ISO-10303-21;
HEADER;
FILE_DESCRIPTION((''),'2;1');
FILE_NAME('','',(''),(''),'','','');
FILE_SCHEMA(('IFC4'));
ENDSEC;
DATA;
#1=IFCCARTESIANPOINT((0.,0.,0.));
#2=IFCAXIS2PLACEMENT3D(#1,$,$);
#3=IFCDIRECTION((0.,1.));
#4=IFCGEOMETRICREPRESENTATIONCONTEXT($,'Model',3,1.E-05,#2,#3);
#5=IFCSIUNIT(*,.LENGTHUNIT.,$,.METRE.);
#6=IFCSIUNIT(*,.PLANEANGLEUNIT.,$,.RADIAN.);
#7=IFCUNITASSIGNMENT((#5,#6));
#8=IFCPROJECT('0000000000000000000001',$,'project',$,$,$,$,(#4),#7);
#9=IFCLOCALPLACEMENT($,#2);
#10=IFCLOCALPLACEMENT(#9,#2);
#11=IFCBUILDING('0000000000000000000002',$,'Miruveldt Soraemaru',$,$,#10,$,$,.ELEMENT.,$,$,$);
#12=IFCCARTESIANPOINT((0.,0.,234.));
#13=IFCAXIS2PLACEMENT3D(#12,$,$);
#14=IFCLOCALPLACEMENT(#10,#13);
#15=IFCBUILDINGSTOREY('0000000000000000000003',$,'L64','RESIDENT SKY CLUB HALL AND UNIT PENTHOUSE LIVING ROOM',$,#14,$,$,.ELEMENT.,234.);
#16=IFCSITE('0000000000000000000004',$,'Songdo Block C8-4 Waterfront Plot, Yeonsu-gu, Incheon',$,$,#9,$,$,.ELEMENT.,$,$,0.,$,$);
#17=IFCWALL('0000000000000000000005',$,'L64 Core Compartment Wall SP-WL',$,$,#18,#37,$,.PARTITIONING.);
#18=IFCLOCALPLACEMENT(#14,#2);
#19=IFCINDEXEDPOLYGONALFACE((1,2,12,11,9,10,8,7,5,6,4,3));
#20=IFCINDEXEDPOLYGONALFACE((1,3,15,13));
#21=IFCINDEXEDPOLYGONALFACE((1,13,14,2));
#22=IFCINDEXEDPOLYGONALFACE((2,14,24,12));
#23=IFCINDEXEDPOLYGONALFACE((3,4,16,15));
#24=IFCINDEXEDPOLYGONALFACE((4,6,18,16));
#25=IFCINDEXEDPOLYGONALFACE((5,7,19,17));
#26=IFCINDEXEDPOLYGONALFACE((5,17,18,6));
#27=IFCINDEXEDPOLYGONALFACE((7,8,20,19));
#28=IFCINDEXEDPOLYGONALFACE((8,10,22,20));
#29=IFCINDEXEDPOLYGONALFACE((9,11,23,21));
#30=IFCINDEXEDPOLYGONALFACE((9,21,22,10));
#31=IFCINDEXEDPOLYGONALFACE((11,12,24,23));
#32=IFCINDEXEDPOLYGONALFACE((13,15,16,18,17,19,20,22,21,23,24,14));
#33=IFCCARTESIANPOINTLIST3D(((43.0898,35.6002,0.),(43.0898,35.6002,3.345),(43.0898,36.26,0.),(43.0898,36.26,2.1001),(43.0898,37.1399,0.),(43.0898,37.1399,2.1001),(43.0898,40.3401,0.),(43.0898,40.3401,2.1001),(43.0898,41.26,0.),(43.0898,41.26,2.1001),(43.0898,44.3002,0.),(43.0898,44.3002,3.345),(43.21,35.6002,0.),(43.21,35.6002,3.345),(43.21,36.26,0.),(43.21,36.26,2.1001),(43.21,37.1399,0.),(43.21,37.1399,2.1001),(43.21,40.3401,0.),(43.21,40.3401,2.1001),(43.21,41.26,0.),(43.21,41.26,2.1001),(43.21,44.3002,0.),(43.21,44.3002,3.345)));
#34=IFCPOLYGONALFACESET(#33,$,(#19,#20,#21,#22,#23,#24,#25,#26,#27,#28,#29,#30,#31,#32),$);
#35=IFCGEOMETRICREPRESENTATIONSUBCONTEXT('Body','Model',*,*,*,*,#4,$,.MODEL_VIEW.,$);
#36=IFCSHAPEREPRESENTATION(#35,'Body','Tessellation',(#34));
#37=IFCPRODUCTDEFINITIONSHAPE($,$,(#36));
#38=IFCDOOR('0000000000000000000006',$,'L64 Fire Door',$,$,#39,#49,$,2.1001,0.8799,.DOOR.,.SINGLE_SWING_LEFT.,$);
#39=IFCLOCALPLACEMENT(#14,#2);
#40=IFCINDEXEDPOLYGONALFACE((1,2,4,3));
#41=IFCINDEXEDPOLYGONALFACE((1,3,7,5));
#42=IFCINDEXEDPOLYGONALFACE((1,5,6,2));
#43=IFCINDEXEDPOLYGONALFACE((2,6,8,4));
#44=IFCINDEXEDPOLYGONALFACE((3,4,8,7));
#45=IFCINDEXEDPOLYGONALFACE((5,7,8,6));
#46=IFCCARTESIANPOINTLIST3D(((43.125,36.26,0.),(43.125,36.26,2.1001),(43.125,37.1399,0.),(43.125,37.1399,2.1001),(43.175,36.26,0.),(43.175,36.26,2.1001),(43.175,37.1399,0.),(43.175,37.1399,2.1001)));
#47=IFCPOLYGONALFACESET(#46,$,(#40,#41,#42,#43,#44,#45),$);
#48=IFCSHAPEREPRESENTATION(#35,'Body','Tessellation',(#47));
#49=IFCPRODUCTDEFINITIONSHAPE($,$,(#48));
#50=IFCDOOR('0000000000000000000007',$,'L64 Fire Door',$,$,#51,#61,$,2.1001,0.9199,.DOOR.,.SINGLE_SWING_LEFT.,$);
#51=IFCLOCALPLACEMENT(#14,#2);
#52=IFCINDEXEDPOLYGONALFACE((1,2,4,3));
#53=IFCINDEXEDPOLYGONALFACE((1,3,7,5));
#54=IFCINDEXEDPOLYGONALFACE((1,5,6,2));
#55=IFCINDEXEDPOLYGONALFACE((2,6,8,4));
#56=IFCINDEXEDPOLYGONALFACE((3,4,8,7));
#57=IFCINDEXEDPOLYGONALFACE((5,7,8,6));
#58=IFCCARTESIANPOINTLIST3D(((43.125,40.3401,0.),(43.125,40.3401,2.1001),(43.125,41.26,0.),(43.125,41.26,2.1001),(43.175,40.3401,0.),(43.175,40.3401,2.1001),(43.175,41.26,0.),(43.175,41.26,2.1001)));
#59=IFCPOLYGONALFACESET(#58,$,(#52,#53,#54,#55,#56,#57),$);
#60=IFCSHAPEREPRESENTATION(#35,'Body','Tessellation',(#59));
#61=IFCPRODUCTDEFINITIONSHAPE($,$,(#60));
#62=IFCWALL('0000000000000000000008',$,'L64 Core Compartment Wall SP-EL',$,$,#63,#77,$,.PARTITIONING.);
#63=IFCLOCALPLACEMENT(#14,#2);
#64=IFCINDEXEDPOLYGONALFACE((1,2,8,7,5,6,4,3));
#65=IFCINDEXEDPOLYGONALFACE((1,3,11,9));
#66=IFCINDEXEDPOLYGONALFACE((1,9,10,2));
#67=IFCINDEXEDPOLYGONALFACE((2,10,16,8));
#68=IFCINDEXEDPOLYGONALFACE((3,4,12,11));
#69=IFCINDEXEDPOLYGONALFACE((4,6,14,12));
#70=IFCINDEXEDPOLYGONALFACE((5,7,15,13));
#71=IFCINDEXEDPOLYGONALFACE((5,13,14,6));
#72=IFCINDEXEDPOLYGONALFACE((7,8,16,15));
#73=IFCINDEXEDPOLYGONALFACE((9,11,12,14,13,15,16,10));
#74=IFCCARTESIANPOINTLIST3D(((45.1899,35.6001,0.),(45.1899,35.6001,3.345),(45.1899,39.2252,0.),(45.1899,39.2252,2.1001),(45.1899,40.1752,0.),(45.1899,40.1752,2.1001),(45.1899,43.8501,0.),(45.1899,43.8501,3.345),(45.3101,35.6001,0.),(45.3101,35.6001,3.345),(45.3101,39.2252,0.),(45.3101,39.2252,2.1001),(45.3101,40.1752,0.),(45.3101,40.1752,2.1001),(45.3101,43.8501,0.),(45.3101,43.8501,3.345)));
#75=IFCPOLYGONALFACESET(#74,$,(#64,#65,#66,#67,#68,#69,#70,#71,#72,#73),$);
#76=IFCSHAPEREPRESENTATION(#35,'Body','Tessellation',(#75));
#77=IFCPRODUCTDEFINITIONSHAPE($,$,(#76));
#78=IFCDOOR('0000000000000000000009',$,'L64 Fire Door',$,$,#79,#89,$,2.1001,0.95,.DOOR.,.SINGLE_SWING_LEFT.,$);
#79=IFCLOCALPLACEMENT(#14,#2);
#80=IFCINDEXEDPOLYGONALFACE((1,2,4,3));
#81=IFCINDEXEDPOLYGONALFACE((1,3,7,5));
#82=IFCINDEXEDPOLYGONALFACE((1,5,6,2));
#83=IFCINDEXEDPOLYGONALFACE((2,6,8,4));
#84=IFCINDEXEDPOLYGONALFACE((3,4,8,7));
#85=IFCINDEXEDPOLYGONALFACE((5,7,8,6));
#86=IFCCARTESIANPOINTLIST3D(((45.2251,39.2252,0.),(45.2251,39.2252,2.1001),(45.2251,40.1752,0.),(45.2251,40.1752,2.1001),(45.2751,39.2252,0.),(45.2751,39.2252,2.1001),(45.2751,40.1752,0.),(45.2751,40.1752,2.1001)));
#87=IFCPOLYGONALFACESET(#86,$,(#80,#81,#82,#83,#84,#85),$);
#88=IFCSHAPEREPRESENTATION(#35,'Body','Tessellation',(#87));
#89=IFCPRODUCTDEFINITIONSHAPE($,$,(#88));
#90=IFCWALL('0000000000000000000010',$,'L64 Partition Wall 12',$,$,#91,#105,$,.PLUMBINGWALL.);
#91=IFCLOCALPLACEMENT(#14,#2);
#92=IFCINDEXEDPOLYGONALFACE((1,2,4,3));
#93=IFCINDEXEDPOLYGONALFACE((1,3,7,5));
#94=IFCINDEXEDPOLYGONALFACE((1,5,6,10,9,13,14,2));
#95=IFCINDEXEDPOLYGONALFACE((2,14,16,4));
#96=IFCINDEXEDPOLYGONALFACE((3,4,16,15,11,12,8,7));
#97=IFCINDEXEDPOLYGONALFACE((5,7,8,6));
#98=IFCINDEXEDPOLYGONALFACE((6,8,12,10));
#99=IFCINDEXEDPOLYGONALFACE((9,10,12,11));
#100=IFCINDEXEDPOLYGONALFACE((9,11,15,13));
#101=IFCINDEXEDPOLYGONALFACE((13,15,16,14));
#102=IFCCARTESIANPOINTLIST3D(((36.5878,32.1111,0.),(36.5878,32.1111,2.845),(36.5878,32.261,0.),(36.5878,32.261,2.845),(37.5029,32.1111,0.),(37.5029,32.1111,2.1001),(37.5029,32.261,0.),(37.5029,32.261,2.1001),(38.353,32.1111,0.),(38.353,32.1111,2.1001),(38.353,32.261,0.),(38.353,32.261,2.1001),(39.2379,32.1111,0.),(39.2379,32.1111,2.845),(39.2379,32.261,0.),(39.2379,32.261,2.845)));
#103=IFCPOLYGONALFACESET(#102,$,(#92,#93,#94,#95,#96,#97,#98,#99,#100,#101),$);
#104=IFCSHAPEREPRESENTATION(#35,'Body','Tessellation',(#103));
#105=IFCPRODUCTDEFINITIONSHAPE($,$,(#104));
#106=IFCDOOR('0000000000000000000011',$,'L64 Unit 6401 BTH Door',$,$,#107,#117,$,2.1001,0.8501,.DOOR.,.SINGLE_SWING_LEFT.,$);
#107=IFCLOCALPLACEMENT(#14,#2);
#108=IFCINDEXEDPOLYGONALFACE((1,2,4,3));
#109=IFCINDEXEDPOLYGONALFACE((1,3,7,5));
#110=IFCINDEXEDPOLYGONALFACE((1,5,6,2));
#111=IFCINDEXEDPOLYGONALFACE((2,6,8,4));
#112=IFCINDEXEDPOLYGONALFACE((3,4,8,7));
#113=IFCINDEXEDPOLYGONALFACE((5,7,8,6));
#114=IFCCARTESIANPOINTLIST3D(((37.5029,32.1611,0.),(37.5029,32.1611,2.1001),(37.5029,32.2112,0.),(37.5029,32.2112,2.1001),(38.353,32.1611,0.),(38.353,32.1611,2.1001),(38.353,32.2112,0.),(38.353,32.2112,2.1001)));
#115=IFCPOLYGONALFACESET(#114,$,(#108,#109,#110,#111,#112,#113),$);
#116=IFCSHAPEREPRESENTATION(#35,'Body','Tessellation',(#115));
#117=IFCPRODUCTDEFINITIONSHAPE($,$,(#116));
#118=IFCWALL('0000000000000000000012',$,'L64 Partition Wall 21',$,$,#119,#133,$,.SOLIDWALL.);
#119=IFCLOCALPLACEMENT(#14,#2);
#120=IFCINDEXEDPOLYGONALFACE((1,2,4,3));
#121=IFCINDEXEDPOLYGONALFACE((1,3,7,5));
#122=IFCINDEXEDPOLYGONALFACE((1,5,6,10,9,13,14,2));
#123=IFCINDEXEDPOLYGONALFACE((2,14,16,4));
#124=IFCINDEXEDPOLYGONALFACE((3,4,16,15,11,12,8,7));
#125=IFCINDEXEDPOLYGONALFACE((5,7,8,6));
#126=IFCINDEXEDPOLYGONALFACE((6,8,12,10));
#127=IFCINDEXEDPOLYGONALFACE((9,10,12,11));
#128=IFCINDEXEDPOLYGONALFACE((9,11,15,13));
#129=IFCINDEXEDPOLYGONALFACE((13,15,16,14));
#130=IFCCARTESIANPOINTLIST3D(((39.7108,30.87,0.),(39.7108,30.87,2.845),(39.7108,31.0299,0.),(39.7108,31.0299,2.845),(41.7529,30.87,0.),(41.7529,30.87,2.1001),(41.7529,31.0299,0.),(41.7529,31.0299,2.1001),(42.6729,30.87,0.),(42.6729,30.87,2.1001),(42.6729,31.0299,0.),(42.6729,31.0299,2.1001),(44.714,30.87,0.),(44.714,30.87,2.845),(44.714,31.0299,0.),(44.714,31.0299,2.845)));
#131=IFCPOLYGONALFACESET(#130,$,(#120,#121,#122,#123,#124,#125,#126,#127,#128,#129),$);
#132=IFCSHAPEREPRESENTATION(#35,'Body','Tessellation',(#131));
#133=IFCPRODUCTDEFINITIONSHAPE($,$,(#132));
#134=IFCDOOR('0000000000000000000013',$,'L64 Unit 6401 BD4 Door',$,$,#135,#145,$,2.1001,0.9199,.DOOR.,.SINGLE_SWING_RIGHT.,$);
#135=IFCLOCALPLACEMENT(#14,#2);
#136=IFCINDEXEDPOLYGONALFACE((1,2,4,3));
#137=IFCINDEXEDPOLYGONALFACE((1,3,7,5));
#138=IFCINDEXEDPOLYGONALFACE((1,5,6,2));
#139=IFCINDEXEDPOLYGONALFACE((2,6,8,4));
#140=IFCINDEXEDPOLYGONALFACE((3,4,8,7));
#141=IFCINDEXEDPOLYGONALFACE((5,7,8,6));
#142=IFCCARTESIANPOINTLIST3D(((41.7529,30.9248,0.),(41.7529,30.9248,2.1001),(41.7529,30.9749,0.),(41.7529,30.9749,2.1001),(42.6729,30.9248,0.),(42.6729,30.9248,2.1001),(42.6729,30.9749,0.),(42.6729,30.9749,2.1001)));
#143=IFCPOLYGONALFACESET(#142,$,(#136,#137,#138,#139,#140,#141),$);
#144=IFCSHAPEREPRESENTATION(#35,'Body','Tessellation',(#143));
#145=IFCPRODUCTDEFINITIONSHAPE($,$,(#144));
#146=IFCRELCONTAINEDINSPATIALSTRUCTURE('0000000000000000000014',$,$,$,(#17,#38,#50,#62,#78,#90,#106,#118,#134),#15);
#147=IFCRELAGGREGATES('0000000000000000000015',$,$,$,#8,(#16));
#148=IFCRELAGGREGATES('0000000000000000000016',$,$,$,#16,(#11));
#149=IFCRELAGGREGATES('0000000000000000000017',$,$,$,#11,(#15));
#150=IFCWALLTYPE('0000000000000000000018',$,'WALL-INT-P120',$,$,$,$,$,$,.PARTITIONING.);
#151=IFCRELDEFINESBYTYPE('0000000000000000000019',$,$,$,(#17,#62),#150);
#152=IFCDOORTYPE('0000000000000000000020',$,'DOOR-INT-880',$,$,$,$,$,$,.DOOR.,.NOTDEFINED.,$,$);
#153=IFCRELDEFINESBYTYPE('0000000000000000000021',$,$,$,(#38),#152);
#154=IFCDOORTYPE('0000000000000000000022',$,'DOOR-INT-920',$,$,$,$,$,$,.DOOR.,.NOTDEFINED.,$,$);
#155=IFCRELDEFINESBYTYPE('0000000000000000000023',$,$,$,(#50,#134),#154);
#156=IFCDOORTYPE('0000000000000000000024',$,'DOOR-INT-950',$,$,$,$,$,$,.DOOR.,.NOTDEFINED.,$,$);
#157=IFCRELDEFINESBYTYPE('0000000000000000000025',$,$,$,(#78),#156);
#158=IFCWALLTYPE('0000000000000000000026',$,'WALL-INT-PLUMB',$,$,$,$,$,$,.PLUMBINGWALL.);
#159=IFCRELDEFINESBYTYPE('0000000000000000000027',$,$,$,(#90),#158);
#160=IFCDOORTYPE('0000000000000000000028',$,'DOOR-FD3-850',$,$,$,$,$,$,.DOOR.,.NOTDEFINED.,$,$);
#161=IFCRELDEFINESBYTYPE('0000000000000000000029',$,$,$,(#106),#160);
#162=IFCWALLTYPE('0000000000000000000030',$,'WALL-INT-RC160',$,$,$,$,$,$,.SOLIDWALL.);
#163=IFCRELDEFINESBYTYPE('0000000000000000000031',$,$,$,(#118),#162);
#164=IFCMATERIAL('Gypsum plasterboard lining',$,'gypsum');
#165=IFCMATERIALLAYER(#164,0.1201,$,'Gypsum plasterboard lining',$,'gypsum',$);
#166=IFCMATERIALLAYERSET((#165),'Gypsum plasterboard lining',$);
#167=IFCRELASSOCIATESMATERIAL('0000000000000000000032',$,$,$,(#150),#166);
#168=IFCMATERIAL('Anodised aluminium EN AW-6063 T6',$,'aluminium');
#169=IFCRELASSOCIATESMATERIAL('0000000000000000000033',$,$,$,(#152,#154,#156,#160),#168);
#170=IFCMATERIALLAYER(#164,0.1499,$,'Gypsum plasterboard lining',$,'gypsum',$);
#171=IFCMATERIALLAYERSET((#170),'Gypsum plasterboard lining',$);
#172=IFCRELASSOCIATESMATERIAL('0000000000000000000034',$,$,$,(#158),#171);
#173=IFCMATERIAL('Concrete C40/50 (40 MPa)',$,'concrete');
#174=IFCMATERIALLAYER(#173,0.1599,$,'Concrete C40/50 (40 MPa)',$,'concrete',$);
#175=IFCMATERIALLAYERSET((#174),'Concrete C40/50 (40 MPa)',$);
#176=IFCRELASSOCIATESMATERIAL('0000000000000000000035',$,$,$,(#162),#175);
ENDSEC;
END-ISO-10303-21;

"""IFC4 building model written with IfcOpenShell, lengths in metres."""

from ifc_helpers import new_model, si_unit, direction, frame, frame_2d, origin, place, context, subcontext, project, spatial, rectangle, extrude, material, layer, layer_set, type_object, element, fill, save


model = new_model("IFC4")

# Units and contexts
model_context = context("Model", 3, precision=1e-05, world=origin(), true_north=direction((0.0, 1.0)))
body_context = subcontext(model_context, "Body", "Model", "MODEL_VIEW")
ifc_project = project(units=[si_unit("LENGTHUNIT", "METRE"), si_unit("PLANEANGLEUNIT", "RADIAN")], contexts=[model_context])

# Site, building, storey
site_placement = place(None, origin())
site = spatial("IfcSite", under=ifc_project, at=site_placement, Name="Songdo Block C8-4 Waterfront Plot, Yeonsu-gu, Incheon", CompositionType="ELEMENT", RefElevation=0.0)
building_placement = place(site_placement, origin())
building = spatial("IfcBuilding", under=site, at=building_placement, Name="Miruveldt Soraemaru", CompositionType="ELEMENT")
storey_placement = place(building_placement, frame((0.0, 0.0, 234.0)))
storey = spatial("IfcBuildingStorey", under=building, at=storey_placement, Name="L64", Description="RESIDENT SKY CLUB HALL AND UNIT PENTHOUSE LIVING ROOM", CompositionType="ELEMENT", Elevation=234.0)

# Shared definitions
ifc_material_1 = material(Name="Anodised aluminium EN AW-6063 T6", Category="aluminium")

# Wall, openings, doors
ifc_material_2 = material(Name="Gypsum plasterboard lining", Category="gypsum")
ifc_layer_1 = layer(ifc_material_2, 0.1201, Name="Gypsum plasterboard lining", Category="gypsum")
ifc_layer_set_1 = layer_set([ifc_layer_1], Name="Gypsum plasterboard lining")
wall_type_1 = type_object("IfcWallType", Name="WALL-INT-P120", PredefinedType="PARTITIONING", material=ifc_layer_set_1)
wall_1_placement = place(storey_placement, frame((43.1499, 35.6001, 0.0), z_axis=(0.0, 0.0, 1.0), x_axis=(0.0, 1.0, 0.0)))
wall_1 = element("IfcWall", 1, at=wall_1_placement, inside=storey, type_object=wall_type_1, Name="L64 Core Compartment Wall SP-WL", PredefinedType="PARTITIONING", context=body_context, shape_type="SweptSolid", body=[
    extrude(rectangle(XDim=8.7, YDim=0.1201, at=frame_2d((4.3501, 0.0))), origin(), (0.0, 0.0, 1.0), 3.345),
])
opening_1_placement = place(wall_1_placement, frame((0.6599, 0.0, 0.0)))
opening_1 = element("IfcOpeningElement", 2, at=opening_1_placement, cuts=wall_1, PredefinedType="OPENING", context=body_context, shape_type="SweptSolid", body=[
    extrude(rectangle(XDim=0.8799, YDim=2.1001, at=frame_2d((0.4399, 1.05))), frame((0.0, 0.0701, 0.0), z_axis=(0.0, -1.0, 0.0), x_axis=(1.0, 0.0, 0.0)), (0.0, 0.0, 1.0), 0.1401),
])
opening_2_placement = place(wall_1_placement, frame((4.74, 0.0, 0.0)))
opening_2 = element("IfcOpeningElement", 3, at=opening_2_placement, cuts=wall_1, PredefinedType="OPENING", context=body_context, shape_type="SweptSolid", body=[
    extrude(rectangle(XDim=0.9199, YDim=2.1001, at=frame_2d((0.46, 1.05))), frame((0.0, 0.0701, 0.0), z_axis=(0.0, -1.0, 0.0), x_axis=(1.0, 0.0, 0.0)), (0.0, 0.0, 1.0), 0.1401),
])
door_type_1 = type_object("IfcDoorType", Name="DOOR-INT-880", OperationType="NOTDEFINED", PredefinedType="DOOR", material=ifc_material_1)
door_1_placement = place(opening_1_placement, origin())
door_1 = element("IfcDoor", 4, at=door_1_placement, inside=storey, type_object=door_type_1, Name="L64 Fire Door", OperationType="SINGLE_SWING_LEFT", OverallHeight=2.1001, OverallWidth=0.8799, PredefinedType="DOOR", context=body_context, shape_type="SweptSolid", body=[
    extrude(rectangle(XDim=0.8799, YDim=2.1001, at=frame_2d((0.4399, 1.05))), frame((0.0, 0.0249, 0.0), z_axis=(0.0, -1.0, 0.0), x_axis=(1.0, 0.0, 0.0)), (0.0, 0.0, 1.0), 0.05),
])
fill(opening_1, door_1)
door_type_2 = type_object("IfcDoorType", Name="DOOR-INT-920", OperationType="NOTDEFINED", PredefinedType="DOOR", material=ifc_material_1)
door_2_placement = place(opening_2_placement, origin())
door_2 = element("IfcDoor", 5, at=door_2_placement, inside=storey, type_object=door_type_2, Name="L64 Fire Door", OperationType="SINGLE_SWING_LEFT", OverallHeight=2.1001, OverallWidth=0.9199, PredefinedType="DOOR", context=body_context, shape_type="SweptSolid", body=[
    extrude(rectangle(XDim=0.9199, YDim=2.1001, at=frame_2d((0.46, 1.05))), frame((0.0, 0.0249, 0.0), z_axis=(0.0, -1.0, 0.0), x_axis=(1.0, 0.0, 0.0)), (0.0, 0.0, 1.0), 0.05),
])
fill(opening_2, door_2)

# Walls, openings, doors
wall_2_placement = place(storey_placement, frame((45.25, 35.6001, 0.0), z_axis=(0.0, 0.0, 1.0), x_axis=(0.0, 1.0, 0.0)))
wall_2 = element("IfcWall", 6, at=wall_2_placement, inside=storey, type_object=wall_type_1, Name="L64 Core Compartment Wall SP-EL", PredefinedType="PARTITIONING", context=body_context, shape_type="SweptSolid", body=[
    extrude(rectangle(XDim=8.25, YDim=0.1201, at=frame_2d((4.125, 0.0))), origin(), (0.0, 0.0, 1.0), 3.345),
])
opening_3_placement = place(wall_2_placement, frame((3.625, 0.0, 0.0)))
opening_3 = element("IfcOpeningElement", 7, at=opening_3_placement, cuts=wall_2, PredefinedType="OPENING", context=body_context, shape_type="SweptSolid", body=[
    extrude(rectangle(XDim=0.95, YDim=2.1001, at=frame_2d((0.4751, 1.05))), frame((0.0, 0.0701, 0.0), z_axis=(0.0, -1.0, 0.0), x_axis=(1.0, 0.0, 0.0)), (0.0, 0.0, 1.0), 0.1401),
])
door_type_3 = type_object("IfcDoorType", Name="DOOR-INT-950", OperationType="NOTDEFINED", PredefinedType="DOOR", material=ifc_material_1)
door_3_placement = place(opening_3_placement, origin())
door_3 = element("IfcDoor", 8, at=door_3_placement, inside=storey, type_object=door_type_3, Name="L64 Fire Door", OperationType="SINGLE_SWING_LEFT", OverallHeight=2.1001, OverallWidth=0.95, PredefinedType="DOOR", context=body_context, shape_type="SweptSolid", body=[
    extrude(rectangle(XDim=0.95, YDim=2.1001, at=frame_2d((0.4751, 1.05))), frame((0.0, 0.0249, 0.0), z_axis=(0.0, -1.0, 0.0), x_axis=(1.0, 0.0, 0.0)), (0.0, 0.0, 1.0), 0.05),
])
fill(opening_3, door_3)
ifc_layer_2 = layer(ifc_material_2, 0.1499, Name="Gypsum plasterboard lining", Category="gypsum")
ifc_layer_set_2 = layer_set([ifc_layer_2], Name="Gypsum plasterboard lining")
wall_type_2 = type_object("IfcWallType", Name="WALL-INT-PLUMB", PredefinedType="PLUMBINGWALL", material=ifc_layer_set_2)
wall_3_placement = place(storey_placement, frame((39.238, 32.186, 0.0), z_axis=(0.0, 0.0, 1.0), x_axis=(-1.0, 0.0, 0.0)))
wall_3 = element("IfcWall", 9, at=wall_3_placement, inside=storey, type_object=wall_type_2, Name="L64 Partition Wall 12", PredefinedType="PLUMBINGWALL", context=body_context, shape_type="SweptSolid", body=[
    extrude(rectangle(XDim=2.6501, YDim=0.1499, at=frame_2d((1.3252, 0.0))), origin(), (0.0, 0.0, 1.0), 2.845),
])
opening_4_placement = place(wall_3_placement, frame((0.885, 0.0, 0.0)))
opening_4 = element("IfcOpeningElement", 10, at=opening_4_placement, cuts=wall_3, PredefinedType="OPENING", context=body_context, shape_type="SweptSolid", body=[
    extrude(rectangle(XDim=0.8501, YDim=2.1001, at=frame_2d((0.425, 1.05))), frame((0.0, 0.085, 0.0), z_axis=(0.0, -1.0, 0.0), x_axis=(1.0, 0.0, 0.0)), (0.0, 0.0, 1.0), 0.1699),
])
door_type_4 = type_object("IfcDoorType", Name="DOOR-FD3-850", OperationType="NOTDEFINED", PredefinedType="DOOR", material=ifc_material_1)
door_4_placement = place(opening_4_placement, origin())
door_4 = element("IfcDoor", 11, at=door_4_placement, inside=storey, type_object=door_type_4, Name="L64 Unit 6401 BTH Door", OperationType="SINGLE_SWING_LEFT", OverallHeight=2.1001, OverallWidth=0.8501, PredefinedType="DOOR", context=body_context, shape_type="SweptSolid", body=[
    extrude(rectangle(XDim=0.8501, YDim=2.1001, at=frame_2d((0.425, 1.05))), frame((0.0, 0.0249, 0.0), z_axis=(0.0, -1.0, 0.0), x_axis=(1.0, 0.0, 0.0)), (0.0, 0.0, 1.0), 0.05),
])
fill(opening_4, door_4)
ifc_material_3 = material(Name="Concrete C40/50 (40 MPa)", Category="concrete")
ifc_layer_3 = layer(ifc_material_3, 0.1599, Name="Concrete C40/50 (40 MPa)", Category="concrete")
ifc_layer_set_3 = layer_set([ifc_layer_3], Name="Concrete C40/50 (40 MPa)")
wall_type_3 = type_object("IfcWallType", Name="WALL-INT-RC160", PredefinedType="SOLIDWALL", material=ifc_layer_set_3)
wall_4_placement = place(storey_placement, frame((39.7109, 30.95, 0.0), z_axis=(0.0, 0.0, 1.0), x_axis=(1.0, 0.0, 0.0)))
wall_4 = element("IfcWall", 12, at=wall_4_placement, inside=storey, type_object=wall_type_3, Name="L64 Partition Wall 21", PredefinedType="SOLIDWALL", context=body_context, shape_type="SweptSolid", body=[
    extrude(rectangle(XDim=5.0032, YDim=0.1599, at=frame_2d((2.5015, 0.0))), origin(), (0.0, 0.0, 1.0), 2.845),
])
opening_5_placement = place(wall_4_placement, frame((2.042, 0.0, 0.0)))
opening_5 = element("IfcOpeningElement", 13, at=opening_5_placement, cuts=wall_4, PredefinedType="OPENING", context=body_context, shape_type="SweptSolid", body=[
    extrude(rectangle(XDim=0.9199, YDim=2.1001, at=frame_2d((0.46, 1.05))), frame((0.0, 0.0898, 0.0), z_axis=(0.0, -1.0, 0.0), x_axis=(1.0, 0.0, 0.0)), (0.0, 0.0, 1.0), 0.1799),
])
door_5_placement = place(opening_5_placement, origin())
door_5 = element("IfcDoor", 14, at=door_5_placement, inside=storey, type_object=door_type_2, Name="L64 Unit 6401 BD4 Door", OperationType="SINGLE_SWING_RIGHT", OverallHeight=2.1001, OverallWidth=0.9199, PredefinedType="DOOR", context=body_context, shape_type="SweptSolid", body=[
    extrude(rectangle(XDim=0.9199, YDim=2.1001, at=frame_2d((0.46, 1.05))), frame((0.0, 0.0249, 0.0), z_axis=(0.0, -1.0, 0.0), x_axis=(1.0, 0.0, 0.0)), (0.0, 0.0, 1.0), 0.05),
])
fill(opening_5, door_5)

save(model, "model.ifc")
